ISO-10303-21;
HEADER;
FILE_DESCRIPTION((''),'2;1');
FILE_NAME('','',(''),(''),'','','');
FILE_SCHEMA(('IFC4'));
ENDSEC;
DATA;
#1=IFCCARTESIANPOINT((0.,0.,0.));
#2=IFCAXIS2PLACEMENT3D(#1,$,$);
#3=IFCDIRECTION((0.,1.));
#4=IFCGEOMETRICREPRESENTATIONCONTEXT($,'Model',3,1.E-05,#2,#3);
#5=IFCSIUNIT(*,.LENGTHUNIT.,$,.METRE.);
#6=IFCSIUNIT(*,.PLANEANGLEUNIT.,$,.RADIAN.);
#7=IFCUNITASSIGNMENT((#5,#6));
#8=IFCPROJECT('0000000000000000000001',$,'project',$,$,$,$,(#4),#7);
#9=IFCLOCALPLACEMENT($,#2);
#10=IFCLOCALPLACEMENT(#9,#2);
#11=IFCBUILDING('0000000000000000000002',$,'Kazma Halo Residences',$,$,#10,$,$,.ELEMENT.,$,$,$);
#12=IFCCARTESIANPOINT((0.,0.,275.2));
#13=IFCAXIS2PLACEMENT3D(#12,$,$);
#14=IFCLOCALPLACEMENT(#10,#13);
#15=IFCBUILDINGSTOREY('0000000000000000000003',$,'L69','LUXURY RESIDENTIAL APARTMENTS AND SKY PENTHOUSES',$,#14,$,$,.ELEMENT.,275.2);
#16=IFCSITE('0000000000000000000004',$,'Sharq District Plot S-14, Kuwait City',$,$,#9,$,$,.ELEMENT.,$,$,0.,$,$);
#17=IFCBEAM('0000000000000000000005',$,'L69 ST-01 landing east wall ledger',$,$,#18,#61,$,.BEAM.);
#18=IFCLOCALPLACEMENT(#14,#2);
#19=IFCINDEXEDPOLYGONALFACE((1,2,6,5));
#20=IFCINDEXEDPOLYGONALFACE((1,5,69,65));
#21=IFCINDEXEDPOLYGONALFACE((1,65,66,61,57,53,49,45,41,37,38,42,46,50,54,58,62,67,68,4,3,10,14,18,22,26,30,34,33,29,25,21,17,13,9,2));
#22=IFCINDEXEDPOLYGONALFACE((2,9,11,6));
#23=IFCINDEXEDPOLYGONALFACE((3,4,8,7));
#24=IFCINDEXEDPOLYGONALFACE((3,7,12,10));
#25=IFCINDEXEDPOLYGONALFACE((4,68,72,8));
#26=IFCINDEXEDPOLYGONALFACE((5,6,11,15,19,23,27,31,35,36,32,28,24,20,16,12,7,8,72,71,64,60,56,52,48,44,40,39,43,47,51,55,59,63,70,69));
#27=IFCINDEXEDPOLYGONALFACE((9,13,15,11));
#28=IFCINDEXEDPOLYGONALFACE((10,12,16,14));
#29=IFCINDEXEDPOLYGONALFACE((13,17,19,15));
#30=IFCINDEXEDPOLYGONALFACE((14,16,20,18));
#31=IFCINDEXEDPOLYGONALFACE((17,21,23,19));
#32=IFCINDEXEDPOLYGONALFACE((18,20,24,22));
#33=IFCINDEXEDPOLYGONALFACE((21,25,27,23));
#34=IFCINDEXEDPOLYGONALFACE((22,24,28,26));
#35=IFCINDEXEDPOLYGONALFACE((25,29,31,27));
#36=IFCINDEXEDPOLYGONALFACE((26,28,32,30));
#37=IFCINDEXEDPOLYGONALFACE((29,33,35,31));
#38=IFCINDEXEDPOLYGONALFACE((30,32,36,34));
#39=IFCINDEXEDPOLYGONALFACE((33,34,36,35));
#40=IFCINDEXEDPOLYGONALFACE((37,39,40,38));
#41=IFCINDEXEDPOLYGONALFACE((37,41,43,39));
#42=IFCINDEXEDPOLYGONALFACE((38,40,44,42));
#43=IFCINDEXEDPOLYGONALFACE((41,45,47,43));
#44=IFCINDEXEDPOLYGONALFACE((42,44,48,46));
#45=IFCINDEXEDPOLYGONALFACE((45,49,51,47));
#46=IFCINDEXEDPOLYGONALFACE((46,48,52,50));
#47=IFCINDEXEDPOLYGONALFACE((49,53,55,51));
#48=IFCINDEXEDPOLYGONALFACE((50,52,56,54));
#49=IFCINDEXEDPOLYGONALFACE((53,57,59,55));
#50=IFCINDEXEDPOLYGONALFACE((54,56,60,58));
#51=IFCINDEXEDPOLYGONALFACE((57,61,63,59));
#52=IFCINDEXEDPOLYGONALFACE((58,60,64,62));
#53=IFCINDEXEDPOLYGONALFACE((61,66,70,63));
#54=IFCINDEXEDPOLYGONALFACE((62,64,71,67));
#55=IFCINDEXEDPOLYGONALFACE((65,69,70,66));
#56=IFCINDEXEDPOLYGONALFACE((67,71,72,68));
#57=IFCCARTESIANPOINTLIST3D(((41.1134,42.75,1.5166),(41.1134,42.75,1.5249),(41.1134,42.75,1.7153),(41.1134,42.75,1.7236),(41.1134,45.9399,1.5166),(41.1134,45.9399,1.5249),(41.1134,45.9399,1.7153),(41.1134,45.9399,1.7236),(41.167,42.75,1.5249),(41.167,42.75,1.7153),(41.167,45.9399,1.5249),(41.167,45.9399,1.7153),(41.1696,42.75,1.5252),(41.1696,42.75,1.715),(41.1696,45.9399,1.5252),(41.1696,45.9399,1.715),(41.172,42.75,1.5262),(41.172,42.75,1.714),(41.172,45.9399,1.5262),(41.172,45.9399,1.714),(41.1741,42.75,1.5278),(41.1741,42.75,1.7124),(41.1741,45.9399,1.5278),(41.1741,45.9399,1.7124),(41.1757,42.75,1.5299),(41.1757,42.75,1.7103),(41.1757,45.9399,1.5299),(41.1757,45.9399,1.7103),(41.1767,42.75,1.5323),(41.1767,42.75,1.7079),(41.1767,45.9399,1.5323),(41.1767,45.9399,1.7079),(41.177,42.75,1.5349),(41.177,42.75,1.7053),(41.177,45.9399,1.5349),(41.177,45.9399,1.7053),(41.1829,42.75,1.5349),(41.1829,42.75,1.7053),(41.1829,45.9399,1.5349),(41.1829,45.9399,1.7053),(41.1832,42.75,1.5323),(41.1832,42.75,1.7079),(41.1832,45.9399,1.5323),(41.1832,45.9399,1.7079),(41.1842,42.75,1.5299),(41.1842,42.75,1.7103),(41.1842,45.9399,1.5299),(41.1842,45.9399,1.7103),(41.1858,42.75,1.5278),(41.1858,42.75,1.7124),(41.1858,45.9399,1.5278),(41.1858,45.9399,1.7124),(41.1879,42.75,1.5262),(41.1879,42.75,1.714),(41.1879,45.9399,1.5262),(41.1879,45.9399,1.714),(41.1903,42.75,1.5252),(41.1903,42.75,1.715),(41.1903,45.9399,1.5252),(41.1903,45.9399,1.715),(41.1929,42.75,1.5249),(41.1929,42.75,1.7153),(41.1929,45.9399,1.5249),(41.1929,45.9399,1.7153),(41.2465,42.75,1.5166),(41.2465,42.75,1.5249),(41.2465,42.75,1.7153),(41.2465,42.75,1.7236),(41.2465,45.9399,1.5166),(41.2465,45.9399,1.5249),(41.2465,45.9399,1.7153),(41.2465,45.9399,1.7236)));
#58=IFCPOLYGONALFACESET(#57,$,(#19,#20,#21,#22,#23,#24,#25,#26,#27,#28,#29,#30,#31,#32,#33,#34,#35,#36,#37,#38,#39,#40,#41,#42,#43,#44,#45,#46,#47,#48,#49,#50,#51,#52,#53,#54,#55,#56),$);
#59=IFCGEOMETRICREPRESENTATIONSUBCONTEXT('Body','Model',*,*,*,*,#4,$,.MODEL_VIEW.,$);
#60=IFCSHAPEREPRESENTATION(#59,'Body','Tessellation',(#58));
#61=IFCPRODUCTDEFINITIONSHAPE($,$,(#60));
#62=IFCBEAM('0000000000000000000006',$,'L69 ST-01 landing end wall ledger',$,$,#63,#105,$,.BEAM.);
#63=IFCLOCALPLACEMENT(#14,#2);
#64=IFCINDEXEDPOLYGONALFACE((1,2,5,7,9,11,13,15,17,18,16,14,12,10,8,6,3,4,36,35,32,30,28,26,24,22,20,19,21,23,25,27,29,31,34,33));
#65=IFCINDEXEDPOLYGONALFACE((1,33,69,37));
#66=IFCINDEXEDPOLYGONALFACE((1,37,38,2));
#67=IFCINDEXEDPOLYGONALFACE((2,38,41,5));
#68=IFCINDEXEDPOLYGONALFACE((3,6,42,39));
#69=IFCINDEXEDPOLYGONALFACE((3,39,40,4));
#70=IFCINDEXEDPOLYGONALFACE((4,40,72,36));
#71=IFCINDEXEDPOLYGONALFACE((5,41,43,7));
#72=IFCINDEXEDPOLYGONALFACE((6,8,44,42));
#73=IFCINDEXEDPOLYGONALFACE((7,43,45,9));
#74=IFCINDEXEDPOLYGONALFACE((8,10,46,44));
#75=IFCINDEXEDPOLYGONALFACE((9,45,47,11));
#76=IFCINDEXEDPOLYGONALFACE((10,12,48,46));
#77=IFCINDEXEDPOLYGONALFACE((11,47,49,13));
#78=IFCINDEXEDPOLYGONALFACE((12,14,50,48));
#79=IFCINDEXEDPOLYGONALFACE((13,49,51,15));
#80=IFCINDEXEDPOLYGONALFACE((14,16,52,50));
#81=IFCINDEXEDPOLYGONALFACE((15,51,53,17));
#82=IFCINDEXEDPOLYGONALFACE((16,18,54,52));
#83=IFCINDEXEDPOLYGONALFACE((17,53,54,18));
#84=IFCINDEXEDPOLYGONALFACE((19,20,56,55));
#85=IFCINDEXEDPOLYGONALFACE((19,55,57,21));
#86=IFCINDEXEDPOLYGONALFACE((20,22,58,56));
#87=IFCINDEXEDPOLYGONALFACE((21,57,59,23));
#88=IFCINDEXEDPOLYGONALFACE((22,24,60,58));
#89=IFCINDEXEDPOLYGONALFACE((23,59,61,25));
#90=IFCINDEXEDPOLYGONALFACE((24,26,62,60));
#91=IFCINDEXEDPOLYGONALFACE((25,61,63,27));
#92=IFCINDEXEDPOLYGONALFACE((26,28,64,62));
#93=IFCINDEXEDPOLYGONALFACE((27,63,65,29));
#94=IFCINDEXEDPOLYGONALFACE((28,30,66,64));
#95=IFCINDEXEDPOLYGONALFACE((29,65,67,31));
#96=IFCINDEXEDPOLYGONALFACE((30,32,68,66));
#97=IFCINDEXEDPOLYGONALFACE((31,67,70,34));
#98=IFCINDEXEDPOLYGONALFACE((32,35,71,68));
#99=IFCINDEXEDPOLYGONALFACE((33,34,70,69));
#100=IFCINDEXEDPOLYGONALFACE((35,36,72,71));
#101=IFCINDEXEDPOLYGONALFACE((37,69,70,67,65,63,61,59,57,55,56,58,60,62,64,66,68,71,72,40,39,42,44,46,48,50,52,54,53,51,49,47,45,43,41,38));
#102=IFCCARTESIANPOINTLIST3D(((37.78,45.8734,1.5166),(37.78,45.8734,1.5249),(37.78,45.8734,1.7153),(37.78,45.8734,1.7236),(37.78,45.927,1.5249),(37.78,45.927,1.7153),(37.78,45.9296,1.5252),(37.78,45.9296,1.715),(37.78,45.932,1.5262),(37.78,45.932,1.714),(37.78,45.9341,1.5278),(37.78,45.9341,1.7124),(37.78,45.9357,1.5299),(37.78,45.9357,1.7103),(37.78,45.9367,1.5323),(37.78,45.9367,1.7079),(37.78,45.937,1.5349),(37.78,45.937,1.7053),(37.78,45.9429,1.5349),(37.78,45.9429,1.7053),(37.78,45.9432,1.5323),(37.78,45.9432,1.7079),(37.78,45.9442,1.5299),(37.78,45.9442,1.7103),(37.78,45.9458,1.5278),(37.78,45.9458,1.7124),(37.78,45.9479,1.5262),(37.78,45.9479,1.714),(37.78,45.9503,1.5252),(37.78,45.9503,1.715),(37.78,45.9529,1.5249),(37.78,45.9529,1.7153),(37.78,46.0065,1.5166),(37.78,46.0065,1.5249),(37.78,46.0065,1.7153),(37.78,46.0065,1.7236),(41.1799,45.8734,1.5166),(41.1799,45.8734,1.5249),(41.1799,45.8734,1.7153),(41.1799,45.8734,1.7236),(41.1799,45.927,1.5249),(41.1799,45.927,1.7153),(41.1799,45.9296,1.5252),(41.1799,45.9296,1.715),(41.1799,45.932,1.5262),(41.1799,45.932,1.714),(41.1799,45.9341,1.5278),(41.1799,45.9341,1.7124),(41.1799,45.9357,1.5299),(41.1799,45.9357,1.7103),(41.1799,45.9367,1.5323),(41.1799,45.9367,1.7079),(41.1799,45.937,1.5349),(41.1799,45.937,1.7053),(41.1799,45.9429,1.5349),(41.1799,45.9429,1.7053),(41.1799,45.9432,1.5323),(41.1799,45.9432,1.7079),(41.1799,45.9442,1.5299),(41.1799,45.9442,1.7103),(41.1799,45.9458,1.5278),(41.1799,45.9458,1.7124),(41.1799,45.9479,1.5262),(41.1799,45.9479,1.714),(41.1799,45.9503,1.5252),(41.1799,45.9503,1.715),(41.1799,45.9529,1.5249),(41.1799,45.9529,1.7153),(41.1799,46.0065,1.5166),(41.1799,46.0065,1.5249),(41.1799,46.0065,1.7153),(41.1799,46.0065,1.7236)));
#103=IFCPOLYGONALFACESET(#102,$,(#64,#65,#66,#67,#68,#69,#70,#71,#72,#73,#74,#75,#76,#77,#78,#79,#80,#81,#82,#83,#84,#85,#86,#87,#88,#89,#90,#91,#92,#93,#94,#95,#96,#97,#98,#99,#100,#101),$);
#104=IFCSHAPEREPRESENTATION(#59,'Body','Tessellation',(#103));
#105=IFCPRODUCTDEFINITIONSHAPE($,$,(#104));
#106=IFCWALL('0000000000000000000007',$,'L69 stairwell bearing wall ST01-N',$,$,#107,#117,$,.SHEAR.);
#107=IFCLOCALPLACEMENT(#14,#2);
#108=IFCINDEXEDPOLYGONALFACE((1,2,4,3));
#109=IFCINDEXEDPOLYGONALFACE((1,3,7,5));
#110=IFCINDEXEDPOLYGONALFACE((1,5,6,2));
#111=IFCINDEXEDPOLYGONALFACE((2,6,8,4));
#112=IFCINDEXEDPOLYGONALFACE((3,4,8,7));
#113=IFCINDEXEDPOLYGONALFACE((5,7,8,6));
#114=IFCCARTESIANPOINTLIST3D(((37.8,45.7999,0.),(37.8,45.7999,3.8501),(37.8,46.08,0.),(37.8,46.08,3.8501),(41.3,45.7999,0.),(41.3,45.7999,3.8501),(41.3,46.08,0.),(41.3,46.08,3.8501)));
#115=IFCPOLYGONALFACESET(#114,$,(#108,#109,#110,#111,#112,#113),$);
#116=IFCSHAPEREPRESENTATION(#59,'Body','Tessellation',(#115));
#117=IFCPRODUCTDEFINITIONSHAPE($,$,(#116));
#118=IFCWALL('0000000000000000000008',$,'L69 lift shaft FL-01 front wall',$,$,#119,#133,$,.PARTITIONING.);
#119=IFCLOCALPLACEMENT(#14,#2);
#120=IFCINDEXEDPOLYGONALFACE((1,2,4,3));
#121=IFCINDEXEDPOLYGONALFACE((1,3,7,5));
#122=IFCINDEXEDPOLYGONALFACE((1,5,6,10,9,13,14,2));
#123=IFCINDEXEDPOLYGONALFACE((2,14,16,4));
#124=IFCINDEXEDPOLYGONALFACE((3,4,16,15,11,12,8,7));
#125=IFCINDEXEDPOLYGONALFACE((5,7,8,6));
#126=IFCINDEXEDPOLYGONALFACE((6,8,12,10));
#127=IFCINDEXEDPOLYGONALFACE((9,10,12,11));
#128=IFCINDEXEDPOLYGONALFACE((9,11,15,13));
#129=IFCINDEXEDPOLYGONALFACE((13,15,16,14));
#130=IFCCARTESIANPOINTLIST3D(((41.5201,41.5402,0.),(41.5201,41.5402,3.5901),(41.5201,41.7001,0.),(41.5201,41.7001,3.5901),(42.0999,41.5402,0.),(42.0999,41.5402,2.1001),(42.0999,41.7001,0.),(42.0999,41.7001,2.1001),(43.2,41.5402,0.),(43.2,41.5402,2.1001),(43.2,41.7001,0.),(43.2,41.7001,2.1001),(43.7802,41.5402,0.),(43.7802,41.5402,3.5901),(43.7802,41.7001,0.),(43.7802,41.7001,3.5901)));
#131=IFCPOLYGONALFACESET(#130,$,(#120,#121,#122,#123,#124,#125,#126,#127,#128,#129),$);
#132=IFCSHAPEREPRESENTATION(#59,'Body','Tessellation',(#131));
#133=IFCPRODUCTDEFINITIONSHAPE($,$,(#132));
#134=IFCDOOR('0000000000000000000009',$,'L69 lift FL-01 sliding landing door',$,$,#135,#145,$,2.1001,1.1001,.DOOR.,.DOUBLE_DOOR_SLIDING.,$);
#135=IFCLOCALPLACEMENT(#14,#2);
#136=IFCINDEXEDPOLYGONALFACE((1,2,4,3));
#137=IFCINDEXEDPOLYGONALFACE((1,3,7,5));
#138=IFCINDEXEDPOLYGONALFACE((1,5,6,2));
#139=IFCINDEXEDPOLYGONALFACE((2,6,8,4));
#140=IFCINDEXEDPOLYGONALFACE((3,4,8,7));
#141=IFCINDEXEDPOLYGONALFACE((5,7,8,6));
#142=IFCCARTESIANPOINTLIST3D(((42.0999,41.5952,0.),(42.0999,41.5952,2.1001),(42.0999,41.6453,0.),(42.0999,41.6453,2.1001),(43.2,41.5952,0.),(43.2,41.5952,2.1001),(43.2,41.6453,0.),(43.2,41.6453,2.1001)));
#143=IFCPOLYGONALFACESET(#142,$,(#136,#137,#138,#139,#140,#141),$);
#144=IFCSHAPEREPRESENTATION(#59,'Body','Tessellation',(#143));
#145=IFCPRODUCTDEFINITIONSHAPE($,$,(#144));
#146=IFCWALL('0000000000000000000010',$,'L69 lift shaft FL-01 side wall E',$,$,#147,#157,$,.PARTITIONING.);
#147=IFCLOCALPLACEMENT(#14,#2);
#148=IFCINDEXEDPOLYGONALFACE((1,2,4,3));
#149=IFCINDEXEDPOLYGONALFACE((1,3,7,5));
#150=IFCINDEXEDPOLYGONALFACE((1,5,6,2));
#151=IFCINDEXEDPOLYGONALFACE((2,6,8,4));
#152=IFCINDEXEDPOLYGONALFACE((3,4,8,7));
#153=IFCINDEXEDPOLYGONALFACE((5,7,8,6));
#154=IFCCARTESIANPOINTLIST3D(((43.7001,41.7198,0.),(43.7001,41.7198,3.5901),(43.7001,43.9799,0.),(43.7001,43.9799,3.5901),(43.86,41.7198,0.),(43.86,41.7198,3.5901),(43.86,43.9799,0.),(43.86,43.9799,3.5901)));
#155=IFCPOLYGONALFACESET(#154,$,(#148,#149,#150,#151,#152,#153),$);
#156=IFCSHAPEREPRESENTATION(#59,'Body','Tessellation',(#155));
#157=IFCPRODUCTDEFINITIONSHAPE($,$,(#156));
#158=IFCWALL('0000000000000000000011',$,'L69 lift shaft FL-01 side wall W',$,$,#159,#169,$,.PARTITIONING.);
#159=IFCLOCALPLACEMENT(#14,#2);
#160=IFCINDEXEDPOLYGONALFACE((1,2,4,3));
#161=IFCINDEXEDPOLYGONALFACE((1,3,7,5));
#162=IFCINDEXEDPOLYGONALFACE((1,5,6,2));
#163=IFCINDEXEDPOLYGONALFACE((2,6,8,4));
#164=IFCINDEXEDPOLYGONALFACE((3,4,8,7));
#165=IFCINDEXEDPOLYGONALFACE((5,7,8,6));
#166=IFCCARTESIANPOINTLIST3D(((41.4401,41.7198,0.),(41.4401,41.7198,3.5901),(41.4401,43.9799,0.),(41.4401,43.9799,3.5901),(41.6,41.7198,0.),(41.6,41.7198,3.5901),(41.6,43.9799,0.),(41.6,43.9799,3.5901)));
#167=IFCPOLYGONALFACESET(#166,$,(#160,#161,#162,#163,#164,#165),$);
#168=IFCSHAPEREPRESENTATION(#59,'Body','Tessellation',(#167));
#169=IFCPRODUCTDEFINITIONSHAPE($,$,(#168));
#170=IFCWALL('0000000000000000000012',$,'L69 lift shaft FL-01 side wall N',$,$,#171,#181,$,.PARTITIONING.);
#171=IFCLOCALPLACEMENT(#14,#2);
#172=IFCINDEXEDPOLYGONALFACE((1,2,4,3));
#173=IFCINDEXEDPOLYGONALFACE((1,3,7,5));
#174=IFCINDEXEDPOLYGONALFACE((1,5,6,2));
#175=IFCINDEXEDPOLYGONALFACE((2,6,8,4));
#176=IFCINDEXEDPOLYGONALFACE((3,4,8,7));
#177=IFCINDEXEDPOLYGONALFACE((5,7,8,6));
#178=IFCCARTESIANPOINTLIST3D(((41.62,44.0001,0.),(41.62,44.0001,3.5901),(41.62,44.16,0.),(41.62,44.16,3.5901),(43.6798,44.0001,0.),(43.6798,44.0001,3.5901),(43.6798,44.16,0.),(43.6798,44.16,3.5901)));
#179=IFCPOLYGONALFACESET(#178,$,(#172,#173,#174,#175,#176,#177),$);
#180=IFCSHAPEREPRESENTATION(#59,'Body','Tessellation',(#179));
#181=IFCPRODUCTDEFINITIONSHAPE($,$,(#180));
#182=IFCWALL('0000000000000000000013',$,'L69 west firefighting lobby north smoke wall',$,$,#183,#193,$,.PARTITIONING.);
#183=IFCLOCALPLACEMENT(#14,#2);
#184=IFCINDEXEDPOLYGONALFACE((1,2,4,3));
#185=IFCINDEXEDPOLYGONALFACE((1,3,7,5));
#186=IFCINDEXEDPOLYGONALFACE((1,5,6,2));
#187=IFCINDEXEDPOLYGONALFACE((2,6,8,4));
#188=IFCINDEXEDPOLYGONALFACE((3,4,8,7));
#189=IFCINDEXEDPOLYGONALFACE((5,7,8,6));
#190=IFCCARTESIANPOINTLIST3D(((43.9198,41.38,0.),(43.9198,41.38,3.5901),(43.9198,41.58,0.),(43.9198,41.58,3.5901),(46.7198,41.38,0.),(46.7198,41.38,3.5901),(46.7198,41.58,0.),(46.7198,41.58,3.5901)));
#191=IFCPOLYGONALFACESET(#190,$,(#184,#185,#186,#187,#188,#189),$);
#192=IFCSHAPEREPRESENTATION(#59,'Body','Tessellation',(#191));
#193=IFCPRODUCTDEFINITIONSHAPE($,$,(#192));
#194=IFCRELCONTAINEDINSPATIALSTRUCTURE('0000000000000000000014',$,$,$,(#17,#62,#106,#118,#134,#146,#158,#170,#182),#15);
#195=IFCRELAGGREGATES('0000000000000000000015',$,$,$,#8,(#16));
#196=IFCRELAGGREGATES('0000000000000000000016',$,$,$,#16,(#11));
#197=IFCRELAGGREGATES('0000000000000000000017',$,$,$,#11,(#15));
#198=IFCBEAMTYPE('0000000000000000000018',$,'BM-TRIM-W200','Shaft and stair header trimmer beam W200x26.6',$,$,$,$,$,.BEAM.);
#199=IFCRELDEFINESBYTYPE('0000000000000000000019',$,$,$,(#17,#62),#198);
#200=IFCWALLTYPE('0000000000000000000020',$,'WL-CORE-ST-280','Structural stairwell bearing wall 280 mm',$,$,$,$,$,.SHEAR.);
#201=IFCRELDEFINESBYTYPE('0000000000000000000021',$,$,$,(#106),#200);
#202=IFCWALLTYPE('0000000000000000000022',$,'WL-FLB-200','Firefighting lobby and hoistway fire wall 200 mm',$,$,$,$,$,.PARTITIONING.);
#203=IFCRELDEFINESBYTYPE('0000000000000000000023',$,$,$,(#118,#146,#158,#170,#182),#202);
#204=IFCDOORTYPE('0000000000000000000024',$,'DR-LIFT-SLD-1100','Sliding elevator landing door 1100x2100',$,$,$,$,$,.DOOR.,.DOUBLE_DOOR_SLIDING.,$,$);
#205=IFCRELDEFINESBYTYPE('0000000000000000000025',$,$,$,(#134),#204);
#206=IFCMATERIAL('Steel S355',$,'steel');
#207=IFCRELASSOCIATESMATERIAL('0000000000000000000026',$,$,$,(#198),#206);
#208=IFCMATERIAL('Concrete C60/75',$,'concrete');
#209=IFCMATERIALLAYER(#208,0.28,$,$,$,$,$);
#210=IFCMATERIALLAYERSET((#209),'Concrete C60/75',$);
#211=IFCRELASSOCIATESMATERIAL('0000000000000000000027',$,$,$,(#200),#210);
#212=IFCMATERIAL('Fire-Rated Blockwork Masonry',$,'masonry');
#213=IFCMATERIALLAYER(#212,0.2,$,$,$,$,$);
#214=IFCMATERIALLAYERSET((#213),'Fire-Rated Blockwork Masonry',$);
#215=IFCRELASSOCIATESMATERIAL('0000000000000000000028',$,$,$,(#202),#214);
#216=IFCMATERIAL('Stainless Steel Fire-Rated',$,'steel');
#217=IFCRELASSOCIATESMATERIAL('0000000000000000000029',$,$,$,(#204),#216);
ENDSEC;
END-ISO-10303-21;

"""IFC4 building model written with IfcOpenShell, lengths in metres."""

from ifc_helpers import new_model, si_unit, direction, frame, frame_2d, origin, origin_2d, place, context, subcontext, project, spatial, rectangle, i_section, extrude, material, layer, layer_set, material_profile, profile_set, type_object, element, fill, save


model = new_model("IFC4")

# Units and contexts
model_context = context("Model", 3, precision=1e-05, world=origin(), true_north=direction((0.0, 1.0)))
body_context = subcontext(model_context, "Body", "Model", "MODEL_VIEW")
ifc_project = project(units=[si_unit("LENGTHUNIT", "METRE"), si_unit("PLANEANGLEUNIT", "RADIAN")], contexts=[model_context])

# Site, building, storey
site_placement = place(None, origin())
site = spatial("IfcSite", under=ifc_project, at=site_placement, Name="Sharq District Plot S-14, Kuwait City", CompositionType="ELEMENT", RefElevation=0.0)
building_placement = place(site_placement, origin())
building = spatial("IfcBuilding", under=site, at=building_placement, Name="Kazma Halo Residences", CompositionType="ELEMENT")
storey_placement = place(building_placement, frame((0.0, 0.0, 275.2)))
storey = spatial("IfcBuildingStorey", under=building, at=storey_placement, Name="L69", Description="LUXURY RESIDENTIAL APARTMENTS AND SKY PENTHOUSES", CompositionType="ELEMENT", Elevation=275.2)

# Shared definitions
ifc_material_1 = material(Name="Steel S355", Category="steel")

# Beams
ifc_material_profile_1 = material_profile(ifc_material_1, i_section(OverallWidth=0.1331, OverallDepth=0.207, WebThickness=0.0059, FlangeThickness=0.0083, FilletRadius=0.01, at=origin_2d()), Name="W200x26.6")
ifc_profile_set_1 = profile_set([ifc_material_profile_1], Name="Steel S355")
beam_type_1 = type_object("IfcBeamType", Name="BM-TRIM-W200", Description="Shaft and stair header trimmer beam W200x26.6", PredefinedType="BEAM", material=ifc_profile_set_1)
beam_1_placement = place(storey_placement, frame((41.1799, 42.75, 1.6201), z_axis=(0.0, 1.0, 0.0), x_axis=(-1.0, 0.0, 0.0)))
element("IfcBeam", 1, at=beam_1_placement, inside=storey, type_object=beam_type_1, Name="L69 ST-01 landing east wall ledger", PredefinedType="BEAM", context=body_context, shape_type="SweptSolid", body=[
    extrude(i_section(OverallWidth=0.1331, OverallDepth=0.207, WebThickness=0.0059, FlangeThickness=0.0083, FilletRadius=0.01, at=origin_2d()), origin(), (0.0, 0.0, 1.0), 3.1899),
])
beam_2_placement = place(storey_placement, frame((37.78, 45.9399, 1.6201), z_axis=(1.0, 0.0, 0.0), x_axis=(0.0, 1.0, 0.0)))
element("IfcBeam", 2, at=beam_2_placement, inside=storey, type_object=beam_type_1, Name="L69 ST-01 landing end wall ledger", PredefinedType="BEAM", context=body_context, shape_type="SweptSolid", body=[
    extrude(i_section(OverallWidth=0.1331, OverallDepth=0.207, WebThickness=0.0059, FlangeThickness=0.0083, FilletRadius=0.01, at=origin_2d()), origin(), (0.0, 0.0, 1.0), 3.3999),
])

# Wall
ifc_material_2 = material(Name="Concrete C60/75", Category="concrete")
ifc_layer_1 = layer(ifc_material_2, 0.28)
ifc_layer_set_1 = layer_set([ifc_layer_1], Name="Concrete C60/75")
wall_type_1 = type_object("IfcWallType", Name="WL-CORE-ST-280", Description="Structural stairwell bearing wall 280 mm", PredefinedType="SHEAR", material=ifc_layer_set_1)
wall_1_placement = place(storey_placement, frame((37.8, 45.9399, 0.0), z_axis=(0.0, 0.0, 1.0), x_axis=(1.0, 0.0, 0.0)))
element("IfcWall", 3, at=wall_1_placement, inside=storey, type_object=wall_type_1, Name="L69 stairwell bearing wall ST01-N", PredefinedType="SHEAR", context=body_context, shape_type="SweptSolid", body=[
    extrude(rectangle(XDim=3.5, YDim=0.28, at=frame_2d((1.75, 0.0))), origin(), (0.0, 0.0, 1.0), 3.8501),
])

# Wall, opening, door
ifc_material_3 = material(Name="Fire-Rated Blockwork Masonry", Category="masonry")
ifc_layer_2 = layer(ifc_material_3, 0.2)
ifc_layer_set_2 = layer_set([ifc_layer_2], Name="Fire-Rated Blockwork Masonry")
wall_type_2 = type_object("IfcWallType", Name="WL-FLB-200", Description="Firefighting lobby and hoistway fire wall 200 mm", PredefinedType="PARTITIONING", material=ifc_layer_set_2)
wall_2_placement = place(storey_placement, frame((43.78, 41.6201, 0.0), z_axis=(0.0, 0.0, 1.0), x_axis=(-1.0, 0.0, 0.0)))
wall_2 = element("IfcWall", 4, at=wall_2_placement, inside=storey, type_object=wall_type_2, Name="L69 lift shaft FL-01 front wall", PredefinedType="PARTITIONING", context=body_context, shape_type="SweptSolid", body=[
    extrude(rectangle(XDim=2.26, YDim=0.1599, at=frame_2d((1.1299, 0.0))), origin(), (0.0, 0.0, 1.0), 3.5901),
])
opening_1_placement = place(wall_2_placement, frame((0.5801, 0.0, 0.0)))
opening_1 = element("IfcOpeningElement", 5, at=opening_1_placement, cuts=wall_2, PredefinedType="OPENING", context=body_context, shape_type="SweptSolid", body=[
    extrude(rectangle(XDim=1.1001, YDim=2.1001, at=frame_2d((0.55, 1.05))), frame((0.0, 0.0898, 0.0), z_axis=(0.0, -1.0, 0.0), x_axis=(1.0, 0.0, 0.0)), (0.0, 0.0, 1.0), 0.1799),
])
ifc_material_4 = material(Name="Stainless Steel Fire-Rated", Category="steel")
door_type_1 = type_object("IfcDoorType", Name="DR-LIFT-SLD-1100", Description="Sliding elevator landing door 1100x2100", OperationType="DOUBLE_DOOR_SLIDING", PredefinedType="DOOR", material=ifc_material_4)
door_1_placement = place(opening_1_placement, origin())
door_1 = element("IfcDoor", 6, at=door_1_placement, inside=storey, type_object=door_type_1, Name="L69 lift FL-01 sliding landing door", OperationType="DOUBLE_DOOR_SLIDING", OverallHeight=2.1001, OverallWidth=1.1001, PredefinedType="DOOR", context=body_context, shape_type="SweptSolid", body=[
    extrude(rectangle(XDim=1.1001, YDim=2.1001, at=frame_2d((0.55, 1.05))), frame((0.0, 0.0249, 0.0), z_axis=(0.0, -1.0, 0.0), x_axis=(1.0, 0.0, 0.0)), (0.0, 0.0, 1.0), 0.05),
])
fill(opening_1, door_1)

# Walls
for number, where, z_axis, x_axis, name in (
    (7, (43.78, 41.72, 0.0), (0.0, 0.0, 1.0), (0.0, 1.0, 0.0), "L69 lift shaft FL-01 side wall E"),
    (8, (41.52, 41.72, 0.0), (0.0, 0.0, 1.0), (0.0, 1.0, 0.0), "L69 lift shaft FL-01 side wall W"),
):
    element("IfcWall", number, at=place(storey_placement, frame(where, z_axis=z_axis, x_axis=x_axis)), inside=storey, type_object=wall_type_2, Name=name, PredefinedType="PARTITIONING", context=body_context, shape_type="SweptSolid", body=[
        extrude(rectangle(XDim=2.26, YDim=0.1599, at=frame_2d((1.1299, 0.0))), origin(), (0.0, 0.0, 1.0), 3.5901),
    ])
wall_3_placement = place(storey_placement, frame((41.6201, 44.0801, 0.0), z_axis=(0.0, 0.0, 1.0), x_axis=(1.0, 0.0, 0.0)))
element("IfcWall", 9, at=wall_3_placement, inside=storey, type_object=wall_type_2, Name="L69 lift shaft FL-01 side wall N", PredefinedType="PARTITIONING", context=body_context, shape_type="SweptSolid", body=[
    extrude(rectangle(XDim=2.0598, YDim=0.1599, at=frame_2d((1.0298, 0.0))), origin(), (0.0, 0.0, 1.0), 3.5901),
])
wall_4_placement = place(storey_placement, frame((43.9199, 41.48, 0.0), z_axis=(0.0, 0.0, 1.0), x_axis=(1.0, 0.0, 0.0)))
element("IfcWall", 10, at=wall_4_placement, inside=storey, type_object=wall_type_2, Name="L69 west firefighting lobby north smoke wall", PredefinedType="PARTITIONING", context=body_context, shape_type="SweptSolid", body=[
    extrude(rectangle(XDim=2.8, YDim=0.2, at=frame_2d((1.3999, 0.0))), origin(), (0.0, 0.0, 1.0), 3.5901),
])

save(model, "model.ifc")
